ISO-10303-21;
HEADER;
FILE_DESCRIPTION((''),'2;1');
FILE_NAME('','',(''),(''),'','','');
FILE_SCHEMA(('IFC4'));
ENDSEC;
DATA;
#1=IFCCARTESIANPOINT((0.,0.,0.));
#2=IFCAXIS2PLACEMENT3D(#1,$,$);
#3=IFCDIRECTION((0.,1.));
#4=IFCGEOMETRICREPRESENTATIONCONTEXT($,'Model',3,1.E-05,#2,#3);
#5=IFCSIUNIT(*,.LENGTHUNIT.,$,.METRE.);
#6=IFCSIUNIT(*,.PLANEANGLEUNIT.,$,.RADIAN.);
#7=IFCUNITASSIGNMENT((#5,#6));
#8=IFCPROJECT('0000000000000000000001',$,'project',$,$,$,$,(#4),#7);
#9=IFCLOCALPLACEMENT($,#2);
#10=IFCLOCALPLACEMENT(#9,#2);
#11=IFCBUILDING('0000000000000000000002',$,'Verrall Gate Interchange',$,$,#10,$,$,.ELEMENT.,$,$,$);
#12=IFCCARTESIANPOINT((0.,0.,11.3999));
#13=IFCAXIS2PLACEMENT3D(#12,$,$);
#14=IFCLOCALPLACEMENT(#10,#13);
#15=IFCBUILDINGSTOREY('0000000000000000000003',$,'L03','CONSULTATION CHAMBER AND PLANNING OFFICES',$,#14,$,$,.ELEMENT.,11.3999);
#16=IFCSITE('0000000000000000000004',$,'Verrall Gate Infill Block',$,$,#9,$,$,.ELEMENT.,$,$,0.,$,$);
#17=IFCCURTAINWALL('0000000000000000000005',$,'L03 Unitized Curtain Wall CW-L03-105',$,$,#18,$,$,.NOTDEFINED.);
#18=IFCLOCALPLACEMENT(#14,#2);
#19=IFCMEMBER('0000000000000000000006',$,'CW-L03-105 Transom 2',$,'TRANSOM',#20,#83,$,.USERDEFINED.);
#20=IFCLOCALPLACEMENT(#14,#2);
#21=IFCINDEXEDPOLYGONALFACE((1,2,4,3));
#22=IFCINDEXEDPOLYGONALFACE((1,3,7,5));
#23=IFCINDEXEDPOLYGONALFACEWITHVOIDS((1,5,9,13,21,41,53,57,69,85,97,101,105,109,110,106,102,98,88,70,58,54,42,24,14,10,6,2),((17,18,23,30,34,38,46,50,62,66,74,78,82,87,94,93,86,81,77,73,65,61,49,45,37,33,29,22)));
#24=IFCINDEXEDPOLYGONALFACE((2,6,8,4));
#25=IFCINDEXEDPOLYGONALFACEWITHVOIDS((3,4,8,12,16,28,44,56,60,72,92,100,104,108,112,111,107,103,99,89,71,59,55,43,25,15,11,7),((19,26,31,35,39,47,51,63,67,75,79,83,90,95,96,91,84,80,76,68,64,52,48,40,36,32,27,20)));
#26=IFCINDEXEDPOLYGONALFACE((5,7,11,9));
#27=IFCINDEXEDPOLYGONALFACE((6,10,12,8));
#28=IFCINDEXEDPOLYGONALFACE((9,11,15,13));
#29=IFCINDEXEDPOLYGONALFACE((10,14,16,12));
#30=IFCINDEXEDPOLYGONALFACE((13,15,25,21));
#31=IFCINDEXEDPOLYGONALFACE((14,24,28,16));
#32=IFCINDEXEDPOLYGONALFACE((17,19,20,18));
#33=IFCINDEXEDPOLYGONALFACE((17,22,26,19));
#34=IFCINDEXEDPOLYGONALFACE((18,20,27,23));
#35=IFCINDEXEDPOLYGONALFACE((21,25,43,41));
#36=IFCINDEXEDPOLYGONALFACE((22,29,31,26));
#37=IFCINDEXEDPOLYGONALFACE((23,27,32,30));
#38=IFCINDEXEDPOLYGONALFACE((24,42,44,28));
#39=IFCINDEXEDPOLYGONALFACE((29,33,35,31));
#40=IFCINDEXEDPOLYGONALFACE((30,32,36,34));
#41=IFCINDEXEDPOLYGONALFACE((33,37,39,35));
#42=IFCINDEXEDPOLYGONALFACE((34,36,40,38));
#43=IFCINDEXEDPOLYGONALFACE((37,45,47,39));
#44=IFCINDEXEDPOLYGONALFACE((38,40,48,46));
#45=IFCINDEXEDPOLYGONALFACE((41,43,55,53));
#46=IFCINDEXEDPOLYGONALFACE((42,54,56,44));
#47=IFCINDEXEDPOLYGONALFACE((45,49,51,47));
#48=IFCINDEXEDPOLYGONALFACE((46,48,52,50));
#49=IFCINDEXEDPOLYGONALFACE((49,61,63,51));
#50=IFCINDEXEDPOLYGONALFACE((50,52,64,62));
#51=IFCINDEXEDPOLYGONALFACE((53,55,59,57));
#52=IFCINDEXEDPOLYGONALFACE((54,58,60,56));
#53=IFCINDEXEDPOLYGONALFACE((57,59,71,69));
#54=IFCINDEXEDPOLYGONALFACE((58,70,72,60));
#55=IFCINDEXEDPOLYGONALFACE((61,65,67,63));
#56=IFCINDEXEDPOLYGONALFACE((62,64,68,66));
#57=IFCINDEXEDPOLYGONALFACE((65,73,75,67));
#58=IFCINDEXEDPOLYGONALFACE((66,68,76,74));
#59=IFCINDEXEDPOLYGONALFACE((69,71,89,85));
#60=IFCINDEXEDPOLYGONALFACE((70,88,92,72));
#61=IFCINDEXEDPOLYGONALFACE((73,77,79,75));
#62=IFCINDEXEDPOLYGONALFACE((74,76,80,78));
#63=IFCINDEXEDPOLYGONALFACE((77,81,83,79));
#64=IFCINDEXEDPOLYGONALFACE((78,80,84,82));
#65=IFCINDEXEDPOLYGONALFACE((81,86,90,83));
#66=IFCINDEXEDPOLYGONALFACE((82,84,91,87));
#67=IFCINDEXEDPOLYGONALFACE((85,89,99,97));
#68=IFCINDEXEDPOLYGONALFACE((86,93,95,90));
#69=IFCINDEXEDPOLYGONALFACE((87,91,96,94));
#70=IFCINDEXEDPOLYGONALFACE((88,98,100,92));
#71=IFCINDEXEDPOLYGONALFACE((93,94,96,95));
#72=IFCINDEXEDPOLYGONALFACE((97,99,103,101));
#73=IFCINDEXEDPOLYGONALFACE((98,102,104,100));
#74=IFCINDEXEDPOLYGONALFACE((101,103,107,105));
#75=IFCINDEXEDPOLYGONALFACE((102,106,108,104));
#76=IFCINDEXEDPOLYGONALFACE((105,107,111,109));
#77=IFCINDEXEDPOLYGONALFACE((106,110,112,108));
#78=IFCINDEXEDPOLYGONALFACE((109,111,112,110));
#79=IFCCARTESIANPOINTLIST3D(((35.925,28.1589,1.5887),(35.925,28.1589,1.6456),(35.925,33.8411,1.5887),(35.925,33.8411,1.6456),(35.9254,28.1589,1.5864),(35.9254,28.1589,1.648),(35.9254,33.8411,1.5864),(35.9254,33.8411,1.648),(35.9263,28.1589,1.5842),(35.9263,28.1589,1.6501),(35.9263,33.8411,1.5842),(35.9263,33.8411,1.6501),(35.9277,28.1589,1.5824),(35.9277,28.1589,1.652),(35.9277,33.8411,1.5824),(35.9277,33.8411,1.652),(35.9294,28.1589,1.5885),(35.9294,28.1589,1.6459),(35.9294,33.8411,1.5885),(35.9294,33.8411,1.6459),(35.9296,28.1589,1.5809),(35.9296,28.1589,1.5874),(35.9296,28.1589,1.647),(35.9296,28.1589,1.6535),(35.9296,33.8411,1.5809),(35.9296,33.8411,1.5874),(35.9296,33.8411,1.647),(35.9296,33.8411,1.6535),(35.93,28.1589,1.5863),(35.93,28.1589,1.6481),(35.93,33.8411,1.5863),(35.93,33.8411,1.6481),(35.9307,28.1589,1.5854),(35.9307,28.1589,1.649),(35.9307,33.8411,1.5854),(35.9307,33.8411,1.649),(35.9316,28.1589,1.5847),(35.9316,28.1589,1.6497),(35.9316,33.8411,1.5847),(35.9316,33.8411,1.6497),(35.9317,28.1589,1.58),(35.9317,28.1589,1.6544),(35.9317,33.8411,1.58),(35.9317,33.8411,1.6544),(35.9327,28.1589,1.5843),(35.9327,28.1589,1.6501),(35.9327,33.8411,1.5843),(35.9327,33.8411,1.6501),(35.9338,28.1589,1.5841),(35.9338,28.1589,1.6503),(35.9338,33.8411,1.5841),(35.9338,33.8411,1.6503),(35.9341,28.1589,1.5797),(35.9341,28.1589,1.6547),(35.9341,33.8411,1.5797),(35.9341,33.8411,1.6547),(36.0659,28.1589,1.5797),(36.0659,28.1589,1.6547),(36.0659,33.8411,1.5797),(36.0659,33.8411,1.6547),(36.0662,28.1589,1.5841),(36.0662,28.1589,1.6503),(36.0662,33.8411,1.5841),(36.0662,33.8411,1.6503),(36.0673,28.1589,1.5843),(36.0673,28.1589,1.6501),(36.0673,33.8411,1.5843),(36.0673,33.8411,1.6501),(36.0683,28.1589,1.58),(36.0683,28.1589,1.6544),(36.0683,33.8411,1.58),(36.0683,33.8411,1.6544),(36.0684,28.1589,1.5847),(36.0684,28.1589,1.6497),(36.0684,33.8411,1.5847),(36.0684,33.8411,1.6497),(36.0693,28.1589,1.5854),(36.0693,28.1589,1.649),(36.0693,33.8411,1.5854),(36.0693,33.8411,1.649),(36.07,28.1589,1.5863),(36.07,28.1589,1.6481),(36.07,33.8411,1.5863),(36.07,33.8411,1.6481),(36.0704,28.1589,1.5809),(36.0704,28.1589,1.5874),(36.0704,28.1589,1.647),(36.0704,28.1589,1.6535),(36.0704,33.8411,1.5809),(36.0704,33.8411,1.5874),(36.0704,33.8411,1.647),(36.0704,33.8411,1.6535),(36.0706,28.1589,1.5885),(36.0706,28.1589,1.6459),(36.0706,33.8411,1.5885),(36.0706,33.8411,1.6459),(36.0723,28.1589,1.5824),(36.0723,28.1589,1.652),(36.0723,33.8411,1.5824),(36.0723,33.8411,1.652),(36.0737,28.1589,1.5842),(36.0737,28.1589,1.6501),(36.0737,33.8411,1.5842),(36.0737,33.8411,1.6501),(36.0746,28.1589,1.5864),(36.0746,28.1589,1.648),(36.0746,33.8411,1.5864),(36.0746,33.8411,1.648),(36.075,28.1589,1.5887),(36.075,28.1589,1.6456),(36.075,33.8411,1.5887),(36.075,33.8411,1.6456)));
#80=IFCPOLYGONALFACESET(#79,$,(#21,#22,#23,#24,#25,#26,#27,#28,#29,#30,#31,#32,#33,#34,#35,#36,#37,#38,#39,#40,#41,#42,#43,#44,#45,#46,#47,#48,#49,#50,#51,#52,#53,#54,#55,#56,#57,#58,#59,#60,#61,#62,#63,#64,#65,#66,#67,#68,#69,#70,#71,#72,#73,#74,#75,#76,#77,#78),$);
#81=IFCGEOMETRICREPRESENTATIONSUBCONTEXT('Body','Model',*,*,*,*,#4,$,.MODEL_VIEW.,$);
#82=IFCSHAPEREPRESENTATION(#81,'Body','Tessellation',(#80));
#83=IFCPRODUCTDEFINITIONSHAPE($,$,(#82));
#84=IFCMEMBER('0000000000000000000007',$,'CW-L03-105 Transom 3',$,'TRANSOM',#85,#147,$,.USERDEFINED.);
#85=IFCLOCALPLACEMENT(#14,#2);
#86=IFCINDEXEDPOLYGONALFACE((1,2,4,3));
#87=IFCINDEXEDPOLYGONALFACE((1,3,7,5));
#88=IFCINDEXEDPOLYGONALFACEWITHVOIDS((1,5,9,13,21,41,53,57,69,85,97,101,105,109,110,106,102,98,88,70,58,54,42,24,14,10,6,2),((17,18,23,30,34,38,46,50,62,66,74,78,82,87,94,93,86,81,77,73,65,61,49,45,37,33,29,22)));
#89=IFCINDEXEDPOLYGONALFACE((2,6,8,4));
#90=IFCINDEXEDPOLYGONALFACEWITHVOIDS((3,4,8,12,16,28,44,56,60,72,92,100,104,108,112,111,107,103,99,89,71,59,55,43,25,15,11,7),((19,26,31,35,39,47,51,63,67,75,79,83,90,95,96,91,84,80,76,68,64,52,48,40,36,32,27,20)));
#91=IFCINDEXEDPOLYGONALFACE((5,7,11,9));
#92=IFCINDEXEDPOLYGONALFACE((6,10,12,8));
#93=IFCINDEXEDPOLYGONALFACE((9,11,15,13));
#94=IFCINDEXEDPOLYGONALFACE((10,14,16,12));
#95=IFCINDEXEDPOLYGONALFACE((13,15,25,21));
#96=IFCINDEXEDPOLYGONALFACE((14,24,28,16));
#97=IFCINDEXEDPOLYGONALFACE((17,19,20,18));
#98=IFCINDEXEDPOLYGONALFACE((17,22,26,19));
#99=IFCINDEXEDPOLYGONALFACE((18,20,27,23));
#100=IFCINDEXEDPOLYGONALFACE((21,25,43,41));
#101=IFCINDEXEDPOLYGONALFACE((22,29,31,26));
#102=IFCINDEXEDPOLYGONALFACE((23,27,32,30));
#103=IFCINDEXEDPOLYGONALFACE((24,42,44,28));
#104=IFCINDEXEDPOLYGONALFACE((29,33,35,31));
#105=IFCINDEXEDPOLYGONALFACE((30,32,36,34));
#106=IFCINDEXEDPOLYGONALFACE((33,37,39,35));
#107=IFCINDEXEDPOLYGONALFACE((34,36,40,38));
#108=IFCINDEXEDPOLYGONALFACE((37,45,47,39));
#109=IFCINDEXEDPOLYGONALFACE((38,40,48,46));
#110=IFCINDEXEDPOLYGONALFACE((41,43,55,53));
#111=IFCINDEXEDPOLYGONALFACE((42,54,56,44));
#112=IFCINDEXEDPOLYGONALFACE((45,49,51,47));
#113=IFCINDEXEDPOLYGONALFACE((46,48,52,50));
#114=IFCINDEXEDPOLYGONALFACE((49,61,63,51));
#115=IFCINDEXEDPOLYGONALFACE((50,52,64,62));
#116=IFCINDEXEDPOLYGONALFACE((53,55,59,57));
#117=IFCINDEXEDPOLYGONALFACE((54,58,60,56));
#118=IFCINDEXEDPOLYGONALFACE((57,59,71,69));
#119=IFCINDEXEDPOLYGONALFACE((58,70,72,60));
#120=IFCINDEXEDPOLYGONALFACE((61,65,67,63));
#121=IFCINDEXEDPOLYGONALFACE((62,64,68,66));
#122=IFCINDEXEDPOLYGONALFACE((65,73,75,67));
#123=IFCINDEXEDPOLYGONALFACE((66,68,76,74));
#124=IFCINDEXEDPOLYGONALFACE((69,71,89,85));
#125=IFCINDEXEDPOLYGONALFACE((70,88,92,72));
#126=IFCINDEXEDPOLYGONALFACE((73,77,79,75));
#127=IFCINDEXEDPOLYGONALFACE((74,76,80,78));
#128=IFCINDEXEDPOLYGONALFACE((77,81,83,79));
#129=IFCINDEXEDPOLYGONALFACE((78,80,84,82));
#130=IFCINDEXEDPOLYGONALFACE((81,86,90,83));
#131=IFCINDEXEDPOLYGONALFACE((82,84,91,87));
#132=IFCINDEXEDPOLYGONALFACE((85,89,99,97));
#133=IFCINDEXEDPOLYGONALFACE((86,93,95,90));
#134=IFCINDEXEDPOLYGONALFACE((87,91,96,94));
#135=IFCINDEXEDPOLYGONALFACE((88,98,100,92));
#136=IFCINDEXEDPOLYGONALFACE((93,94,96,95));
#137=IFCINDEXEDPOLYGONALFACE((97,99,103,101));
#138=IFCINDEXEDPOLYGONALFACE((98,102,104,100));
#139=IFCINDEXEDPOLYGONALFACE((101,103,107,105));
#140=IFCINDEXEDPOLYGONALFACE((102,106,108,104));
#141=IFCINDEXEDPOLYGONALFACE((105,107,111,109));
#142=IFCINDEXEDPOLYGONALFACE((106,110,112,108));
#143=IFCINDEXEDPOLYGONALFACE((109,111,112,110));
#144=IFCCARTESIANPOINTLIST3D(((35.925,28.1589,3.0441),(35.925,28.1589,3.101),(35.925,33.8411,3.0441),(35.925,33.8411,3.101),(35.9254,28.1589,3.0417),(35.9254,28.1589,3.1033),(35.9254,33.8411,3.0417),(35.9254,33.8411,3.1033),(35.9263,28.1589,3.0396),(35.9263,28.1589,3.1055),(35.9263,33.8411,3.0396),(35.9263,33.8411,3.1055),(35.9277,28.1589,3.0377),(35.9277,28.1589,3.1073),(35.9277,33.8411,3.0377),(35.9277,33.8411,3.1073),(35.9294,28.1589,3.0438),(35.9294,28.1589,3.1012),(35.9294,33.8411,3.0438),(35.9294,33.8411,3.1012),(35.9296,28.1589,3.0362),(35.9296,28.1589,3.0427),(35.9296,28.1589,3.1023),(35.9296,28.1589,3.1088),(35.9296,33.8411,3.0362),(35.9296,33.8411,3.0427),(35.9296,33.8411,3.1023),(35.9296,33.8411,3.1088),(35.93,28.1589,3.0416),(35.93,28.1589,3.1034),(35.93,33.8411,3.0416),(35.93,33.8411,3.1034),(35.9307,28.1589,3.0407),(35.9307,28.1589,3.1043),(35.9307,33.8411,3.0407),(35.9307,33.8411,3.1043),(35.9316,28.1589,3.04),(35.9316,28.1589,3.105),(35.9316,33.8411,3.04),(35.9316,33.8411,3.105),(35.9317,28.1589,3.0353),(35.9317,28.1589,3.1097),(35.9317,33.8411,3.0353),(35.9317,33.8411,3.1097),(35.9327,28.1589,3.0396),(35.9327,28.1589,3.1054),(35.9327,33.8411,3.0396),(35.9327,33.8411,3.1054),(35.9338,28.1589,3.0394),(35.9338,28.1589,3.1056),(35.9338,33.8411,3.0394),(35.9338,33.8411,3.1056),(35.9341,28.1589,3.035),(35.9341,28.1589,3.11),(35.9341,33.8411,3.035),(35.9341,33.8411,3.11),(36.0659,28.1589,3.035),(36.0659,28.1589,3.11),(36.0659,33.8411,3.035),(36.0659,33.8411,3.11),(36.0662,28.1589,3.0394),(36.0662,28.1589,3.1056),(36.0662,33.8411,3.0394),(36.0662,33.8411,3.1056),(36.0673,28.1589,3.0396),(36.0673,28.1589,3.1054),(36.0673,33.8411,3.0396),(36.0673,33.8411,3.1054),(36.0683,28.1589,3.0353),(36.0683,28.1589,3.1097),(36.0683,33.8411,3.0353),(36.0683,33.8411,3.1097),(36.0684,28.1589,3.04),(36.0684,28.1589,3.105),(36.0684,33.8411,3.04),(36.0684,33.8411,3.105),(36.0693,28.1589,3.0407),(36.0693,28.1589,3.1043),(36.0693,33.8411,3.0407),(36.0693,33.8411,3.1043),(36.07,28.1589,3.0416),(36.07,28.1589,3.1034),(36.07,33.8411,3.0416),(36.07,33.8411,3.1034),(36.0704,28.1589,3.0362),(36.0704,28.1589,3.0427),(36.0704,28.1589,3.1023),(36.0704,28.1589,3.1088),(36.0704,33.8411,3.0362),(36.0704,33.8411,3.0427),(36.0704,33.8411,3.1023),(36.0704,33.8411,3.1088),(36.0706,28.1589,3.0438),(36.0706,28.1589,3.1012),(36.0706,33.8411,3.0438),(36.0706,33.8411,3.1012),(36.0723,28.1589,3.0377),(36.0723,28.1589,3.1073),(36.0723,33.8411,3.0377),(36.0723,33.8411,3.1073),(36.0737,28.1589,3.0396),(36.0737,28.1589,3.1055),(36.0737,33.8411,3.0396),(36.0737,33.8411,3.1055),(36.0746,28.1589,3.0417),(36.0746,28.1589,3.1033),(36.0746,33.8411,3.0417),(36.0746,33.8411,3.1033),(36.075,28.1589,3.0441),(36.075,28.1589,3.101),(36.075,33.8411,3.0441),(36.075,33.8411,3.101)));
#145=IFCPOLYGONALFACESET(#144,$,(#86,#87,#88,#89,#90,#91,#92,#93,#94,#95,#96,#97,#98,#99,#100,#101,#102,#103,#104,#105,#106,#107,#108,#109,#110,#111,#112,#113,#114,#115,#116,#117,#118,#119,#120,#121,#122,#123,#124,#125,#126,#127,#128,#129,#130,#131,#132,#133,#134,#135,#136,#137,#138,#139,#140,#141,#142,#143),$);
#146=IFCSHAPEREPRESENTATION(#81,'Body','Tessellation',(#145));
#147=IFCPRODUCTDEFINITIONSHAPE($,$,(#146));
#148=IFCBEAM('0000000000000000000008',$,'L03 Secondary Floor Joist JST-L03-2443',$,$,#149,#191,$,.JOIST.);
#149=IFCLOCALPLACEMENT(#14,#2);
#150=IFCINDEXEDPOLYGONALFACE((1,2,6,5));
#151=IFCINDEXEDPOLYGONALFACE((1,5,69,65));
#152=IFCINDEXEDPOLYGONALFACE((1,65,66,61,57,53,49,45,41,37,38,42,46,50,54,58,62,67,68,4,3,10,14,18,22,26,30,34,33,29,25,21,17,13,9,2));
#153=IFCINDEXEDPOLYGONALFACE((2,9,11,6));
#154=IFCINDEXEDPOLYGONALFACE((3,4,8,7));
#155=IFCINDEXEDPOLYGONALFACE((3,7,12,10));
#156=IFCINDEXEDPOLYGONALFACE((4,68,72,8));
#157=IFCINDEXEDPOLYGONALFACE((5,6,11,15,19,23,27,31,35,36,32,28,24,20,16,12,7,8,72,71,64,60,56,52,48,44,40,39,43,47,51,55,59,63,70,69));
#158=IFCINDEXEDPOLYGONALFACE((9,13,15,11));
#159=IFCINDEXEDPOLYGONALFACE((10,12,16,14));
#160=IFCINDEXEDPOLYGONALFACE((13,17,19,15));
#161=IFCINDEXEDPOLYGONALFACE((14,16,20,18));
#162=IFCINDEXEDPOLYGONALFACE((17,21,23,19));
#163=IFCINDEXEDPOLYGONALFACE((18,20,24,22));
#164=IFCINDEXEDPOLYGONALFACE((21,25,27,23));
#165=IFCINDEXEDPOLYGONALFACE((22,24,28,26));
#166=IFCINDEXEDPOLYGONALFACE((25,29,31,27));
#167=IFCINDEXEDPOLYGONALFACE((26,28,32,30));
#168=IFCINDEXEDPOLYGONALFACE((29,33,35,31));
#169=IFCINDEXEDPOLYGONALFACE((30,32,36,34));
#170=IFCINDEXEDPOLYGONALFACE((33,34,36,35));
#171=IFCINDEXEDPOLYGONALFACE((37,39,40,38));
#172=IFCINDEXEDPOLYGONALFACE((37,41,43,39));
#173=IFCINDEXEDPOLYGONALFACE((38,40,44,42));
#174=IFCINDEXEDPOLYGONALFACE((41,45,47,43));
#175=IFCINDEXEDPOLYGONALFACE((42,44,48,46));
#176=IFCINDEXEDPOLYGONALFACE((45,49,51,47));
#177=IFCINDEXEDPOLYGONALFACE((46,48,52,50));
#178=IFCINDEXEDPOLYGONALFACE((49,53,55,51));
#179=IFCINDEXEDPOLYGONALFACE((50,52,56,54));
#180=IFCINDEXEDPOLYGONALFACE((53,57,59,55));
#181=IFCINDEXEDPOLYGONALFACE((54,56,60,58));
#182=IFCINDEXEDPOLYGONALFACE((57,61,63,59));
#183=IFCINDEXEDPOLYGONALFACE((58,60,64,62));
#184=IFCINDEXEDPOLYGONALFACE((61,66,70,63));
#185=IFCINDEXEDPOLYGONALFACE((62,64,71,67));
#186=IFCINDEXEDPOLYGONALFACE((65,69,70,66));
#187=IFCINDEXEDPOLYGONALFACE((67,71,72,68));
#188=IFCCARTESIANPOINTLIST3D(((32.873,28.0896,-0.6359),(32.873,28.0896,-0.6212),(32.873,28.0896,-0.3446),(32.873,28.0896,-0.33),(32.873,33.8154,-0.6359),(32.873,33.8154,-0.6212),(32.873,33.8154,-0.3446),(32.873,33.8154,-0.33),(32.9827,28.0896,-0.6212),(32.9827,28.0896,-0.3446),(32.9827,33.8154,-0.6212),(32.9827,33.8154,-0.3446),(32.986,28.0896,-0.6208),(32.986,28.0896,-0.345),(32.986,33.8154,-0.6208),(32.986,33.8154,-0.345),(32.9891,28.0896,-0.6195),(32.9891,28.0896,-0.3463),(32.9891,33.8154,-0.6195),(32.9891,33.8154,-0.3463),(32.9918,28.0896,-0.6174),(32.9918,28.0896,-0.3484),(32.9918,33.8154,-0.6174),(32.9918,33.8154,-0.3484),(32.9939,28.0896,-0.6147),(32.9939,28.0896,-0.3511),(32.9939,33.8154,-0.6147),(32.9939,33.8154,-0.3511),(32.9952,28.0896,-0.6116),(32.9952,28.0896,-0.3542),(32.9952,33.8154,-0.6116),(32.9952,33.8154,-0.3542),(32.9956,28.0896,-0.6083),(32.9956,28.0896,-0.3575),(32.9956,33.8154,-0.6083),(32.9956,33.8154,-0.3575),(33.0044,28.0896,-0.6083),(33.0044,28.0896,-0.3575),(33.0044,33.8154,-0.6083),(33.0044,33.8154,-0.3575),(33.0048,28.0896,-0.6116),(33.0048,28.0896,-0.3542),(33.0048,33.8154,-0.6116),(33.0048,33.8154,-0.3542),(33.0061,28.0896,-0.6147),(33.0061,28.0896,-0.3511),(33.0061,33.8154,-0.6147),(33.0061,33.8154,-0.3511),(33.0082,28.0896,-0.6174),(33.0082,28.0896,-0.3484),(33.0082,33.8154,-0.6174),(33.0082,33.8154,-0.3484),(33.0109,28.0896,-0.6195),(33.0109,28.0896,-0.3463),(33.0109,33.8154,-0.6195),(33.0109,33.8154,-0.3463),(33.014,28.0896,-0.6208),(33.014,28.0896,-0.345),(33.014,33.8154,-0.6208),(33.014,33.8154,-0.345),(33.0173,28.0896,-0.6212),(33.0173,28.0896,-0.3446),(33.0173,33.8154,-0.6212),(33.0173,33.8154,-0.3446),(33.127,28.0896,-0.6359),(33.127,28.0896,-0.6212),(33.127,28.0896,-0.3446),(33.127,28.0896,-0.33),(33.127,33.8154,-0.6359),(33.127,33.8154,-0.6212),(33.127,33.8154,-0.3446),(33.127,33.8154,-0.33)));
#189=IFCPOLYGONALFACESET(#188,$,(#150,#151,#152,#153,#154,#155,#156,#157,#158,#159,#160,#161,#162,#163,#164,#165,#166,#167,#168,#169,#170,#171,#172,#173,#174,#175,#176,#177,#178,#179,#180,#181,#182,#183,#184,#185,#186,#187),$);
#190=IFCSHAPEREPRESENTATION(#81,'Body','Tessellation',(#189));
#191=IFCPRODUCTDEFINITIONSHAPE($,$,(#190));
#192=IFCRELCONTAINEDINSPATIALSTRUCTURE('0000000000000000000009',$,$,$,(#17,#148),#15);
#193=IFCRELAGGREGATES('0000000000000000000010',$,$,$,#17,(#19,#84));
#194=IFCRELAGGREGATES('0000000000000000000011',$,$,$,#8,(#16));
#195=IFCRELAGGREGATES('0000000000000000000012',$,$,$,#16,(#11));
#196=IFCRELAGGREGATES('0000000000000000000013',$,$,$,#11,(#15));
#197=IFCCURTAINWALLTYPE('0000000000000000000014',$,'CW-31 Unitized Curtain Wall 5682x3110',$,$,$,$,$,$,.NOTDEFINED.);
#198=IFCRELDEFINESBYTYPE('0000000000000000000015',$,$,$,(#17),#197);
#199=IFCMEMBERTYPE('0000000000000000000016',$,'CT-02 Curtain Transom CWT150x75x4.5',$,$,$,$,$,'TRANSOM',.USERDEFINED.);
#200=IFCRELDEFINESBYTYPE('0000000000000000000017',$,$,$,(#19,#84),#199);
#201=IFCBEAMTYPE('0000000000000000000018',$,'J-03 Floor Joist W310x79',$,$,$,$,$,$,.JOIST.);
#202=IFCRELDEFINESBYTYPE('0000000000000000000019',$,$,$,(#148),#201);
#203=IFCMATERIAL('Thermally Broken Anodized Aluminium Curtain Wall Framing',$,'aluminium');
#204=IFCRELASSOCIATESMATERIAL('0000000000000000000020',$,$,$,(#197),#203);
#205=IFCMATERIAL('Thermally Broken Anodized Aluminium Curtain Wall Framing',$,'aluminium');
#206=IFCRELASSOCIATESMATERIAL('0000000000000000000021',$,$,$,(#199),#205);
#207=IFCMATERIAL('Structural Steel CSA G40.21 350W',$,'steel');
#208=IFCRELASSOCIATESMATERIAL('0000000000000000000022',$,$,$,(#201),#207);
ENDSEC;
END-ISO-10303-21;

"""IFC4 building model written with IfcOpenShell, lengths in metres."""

from ifc_helpers import new_model, si_unit, direction, frame, origin, origin_2d, place, context, subcontext, project, spatial, hollow_rectangle, i_section, extrude, material, material_profile, profile_set, type_object, element, aggregate, save


model = new_model("IFC4")

# Units and contexts
model_context = context("Model", 3, precision=1e-05, world=origin(), true_north=direction((0.0, 1.0)))
body_context = subcontext(model_context, "Body", "Model", "MODEL_VIEW")
ifc_project = project(units=[si_unit("LENGTHUNIT", "METRE"), si_unit("PLANEANGLEUNIT", "RADIAN")], contexts=[model_context])

# Site, building, storey
site_placement = place(None, origin())
site = spatial("IfcSite", under=ifc_project, at=site_placement, Name="Verrall Gate Infill Block", CompositionType="ELEMENT", RefElevation=0.0)
building_placement = place(site_placement, origin())
building = spatial("IfcBuilding", under=site, at=building_placement, Name="Verrall Gate Interchange", CompositionType="ELEMENT")
storey_placement = place(building_placement, frame((0.0, 0.0, 11.3999)))
storey = spatial("IfcBuildingStorey", under=building, at=storey_placement, Name="L03", Description="CONSULTATION CHAMBER AND PLANNING OFFICES", CompositionType="ELEMENT", Elevation=11.3999)

# Shared definitions
ifc_material_1 = material(Name="Thermally Broken Anodized Aluminium Curtain Wall Framing", Category="aluminium")
curtain_wall_type = type_object("IfcCurtainWallType", Name="CW-31 Unitized Curtain Wall 5682x3110", PredefinedType="NOTDEFINED", material=ifc_material_1)

# Curtain wall, members
curtain_wall_1_placement = place(storey_placement, origin())
curtain_wall_1 = element("IfcCurtainWall", 1, at=curtain_wall_1_placement, inside=storey, type_object=curtain_wall_type, Name="L03 Unitized Curtain Wall CW-L03-105", PredefinedType="NOTDEFINED")
ifc_material_2 = material(Name="Thermally Broken Anodized Aluminium Curtain Wall Framing", Category="aluminium")
ifc_material_profile_1 = material_profile(ifc_material_2, hollow_rectangle(XDim=0.1499, YDim=0.075, WallThickness=0.0044, InnerFilletRadius=0.0044, OuterFilletRadius=0.009, at=origin_2d()), Name="CWT150x75x4.5")
ifc_profile_set_1 = profile_set([ifc_material_profile_1], Name="Thermally Broken Anodized Aluminium Curtain Wall Framing")
member_type_1 = type_object("IfcMemberType", Name="CT-02 Curtain Transom CWT150x75x4.5", ElementType="TRANSOM", PredefinedType="USERDEFINED", material=ifc_profile_set_1)
member_1_placement = place(storey_placement, frame((36.0, 28.1589, 1.6172), z_axis=(0.0, 1.0, 0.0), x_axis=(-1.0, 0.0, 0.0)))
member_1 = element("IfcMember", 2, at=member_1_placement, type_object=member_type_1, Name="CW-L03-105 Transom 2", ObjectType="TRANSOM", PredefinedType="USERDEFINED", context=body_context, shape_type="SweptSolid", body=[
    extrude(hollow_rectangle(XDim=0.1499, YDim=0.075, WallThickness=0.0044, InnerFilletRadius=0.0044, OuterFilletRadius=0.009, at=origin_2d()), origin(), (0.0, 0.0, 1.0), 5.6821),
])
member_2_placement = place(storey_placement, frame((36.0, 28.1589, 3.0725), z_axis=(0.0, 1.0, 0.0), x_axis=(-1.0, 0.0, 0.0)))
member_2 = element("IfcMember", 3, at=member_2_placement, type_object=member_type_1, Name="CW-L03-105 Transom 3", ObjectType="TRANSOM", PredefinedType="USERDEFINED", context=body_context, shape_type="SweptSolid", body=[
    extrude(hollow_rectangle(XDim=0.1499, YDim=0.075, WallThickness=0.0044, InnerFilletRadius=0.0044, OuterFilletRadius=0.009, at=origin_2d()), origin(), (0.0, 0.0, 1.0), 5.6821),
])
aggregate(curtain_wall_1, [member_1, member_2])

# Beam
ifc_material_3 = material(Name="Structural Steel CSA G40.21 350W", Category="steel")
ifc_material_profile_2 = material_profile(ifc_material_3, i_section(OverallWidth=0.2539, OverallDepth=0.3059, WebThickness=0.0088, FlangeThickness=0.0146, FilletRadius=0.0129, at=origin_2d()), Name="W310x79")
ifc_profile_set_2 = profile_set([ifc_material_profile_2], Name="Structural Steel CSA G40.21 350W")
beam_type_1 = type_object("IfcBeamType", Name="J-03 Floor Joist W310x79", PredefinedType="JOIST", material=ifc_profile_set_2)
beam_1_placement = place(storey_placement, frame((33.0, 28.0896, -0.4829), z_axis=(0.0, 1.0, 0.0), x_axis=(-1.0, 0.0, 0.0)))
element("IfcBeam", 4, at=beam_1_placement, inside=storey, type_object=beam_type_1, Name="L03 Secondary Floor Joist JST-L03-2443", PredefinedType="JOIST", context=body_context, shape_type="SweptSolid", body=[
    extrude(i_section(OverallWidth=0.2539, OverallDepth=0.3059, WebThickness=0.0088, FlangeThickness=0.0146, FilletRadius=0.0129, at=origin_2d()), origin(), (0.0, 0.0, 1.0), 5.7258),
])

save(model, "model.ifc")
